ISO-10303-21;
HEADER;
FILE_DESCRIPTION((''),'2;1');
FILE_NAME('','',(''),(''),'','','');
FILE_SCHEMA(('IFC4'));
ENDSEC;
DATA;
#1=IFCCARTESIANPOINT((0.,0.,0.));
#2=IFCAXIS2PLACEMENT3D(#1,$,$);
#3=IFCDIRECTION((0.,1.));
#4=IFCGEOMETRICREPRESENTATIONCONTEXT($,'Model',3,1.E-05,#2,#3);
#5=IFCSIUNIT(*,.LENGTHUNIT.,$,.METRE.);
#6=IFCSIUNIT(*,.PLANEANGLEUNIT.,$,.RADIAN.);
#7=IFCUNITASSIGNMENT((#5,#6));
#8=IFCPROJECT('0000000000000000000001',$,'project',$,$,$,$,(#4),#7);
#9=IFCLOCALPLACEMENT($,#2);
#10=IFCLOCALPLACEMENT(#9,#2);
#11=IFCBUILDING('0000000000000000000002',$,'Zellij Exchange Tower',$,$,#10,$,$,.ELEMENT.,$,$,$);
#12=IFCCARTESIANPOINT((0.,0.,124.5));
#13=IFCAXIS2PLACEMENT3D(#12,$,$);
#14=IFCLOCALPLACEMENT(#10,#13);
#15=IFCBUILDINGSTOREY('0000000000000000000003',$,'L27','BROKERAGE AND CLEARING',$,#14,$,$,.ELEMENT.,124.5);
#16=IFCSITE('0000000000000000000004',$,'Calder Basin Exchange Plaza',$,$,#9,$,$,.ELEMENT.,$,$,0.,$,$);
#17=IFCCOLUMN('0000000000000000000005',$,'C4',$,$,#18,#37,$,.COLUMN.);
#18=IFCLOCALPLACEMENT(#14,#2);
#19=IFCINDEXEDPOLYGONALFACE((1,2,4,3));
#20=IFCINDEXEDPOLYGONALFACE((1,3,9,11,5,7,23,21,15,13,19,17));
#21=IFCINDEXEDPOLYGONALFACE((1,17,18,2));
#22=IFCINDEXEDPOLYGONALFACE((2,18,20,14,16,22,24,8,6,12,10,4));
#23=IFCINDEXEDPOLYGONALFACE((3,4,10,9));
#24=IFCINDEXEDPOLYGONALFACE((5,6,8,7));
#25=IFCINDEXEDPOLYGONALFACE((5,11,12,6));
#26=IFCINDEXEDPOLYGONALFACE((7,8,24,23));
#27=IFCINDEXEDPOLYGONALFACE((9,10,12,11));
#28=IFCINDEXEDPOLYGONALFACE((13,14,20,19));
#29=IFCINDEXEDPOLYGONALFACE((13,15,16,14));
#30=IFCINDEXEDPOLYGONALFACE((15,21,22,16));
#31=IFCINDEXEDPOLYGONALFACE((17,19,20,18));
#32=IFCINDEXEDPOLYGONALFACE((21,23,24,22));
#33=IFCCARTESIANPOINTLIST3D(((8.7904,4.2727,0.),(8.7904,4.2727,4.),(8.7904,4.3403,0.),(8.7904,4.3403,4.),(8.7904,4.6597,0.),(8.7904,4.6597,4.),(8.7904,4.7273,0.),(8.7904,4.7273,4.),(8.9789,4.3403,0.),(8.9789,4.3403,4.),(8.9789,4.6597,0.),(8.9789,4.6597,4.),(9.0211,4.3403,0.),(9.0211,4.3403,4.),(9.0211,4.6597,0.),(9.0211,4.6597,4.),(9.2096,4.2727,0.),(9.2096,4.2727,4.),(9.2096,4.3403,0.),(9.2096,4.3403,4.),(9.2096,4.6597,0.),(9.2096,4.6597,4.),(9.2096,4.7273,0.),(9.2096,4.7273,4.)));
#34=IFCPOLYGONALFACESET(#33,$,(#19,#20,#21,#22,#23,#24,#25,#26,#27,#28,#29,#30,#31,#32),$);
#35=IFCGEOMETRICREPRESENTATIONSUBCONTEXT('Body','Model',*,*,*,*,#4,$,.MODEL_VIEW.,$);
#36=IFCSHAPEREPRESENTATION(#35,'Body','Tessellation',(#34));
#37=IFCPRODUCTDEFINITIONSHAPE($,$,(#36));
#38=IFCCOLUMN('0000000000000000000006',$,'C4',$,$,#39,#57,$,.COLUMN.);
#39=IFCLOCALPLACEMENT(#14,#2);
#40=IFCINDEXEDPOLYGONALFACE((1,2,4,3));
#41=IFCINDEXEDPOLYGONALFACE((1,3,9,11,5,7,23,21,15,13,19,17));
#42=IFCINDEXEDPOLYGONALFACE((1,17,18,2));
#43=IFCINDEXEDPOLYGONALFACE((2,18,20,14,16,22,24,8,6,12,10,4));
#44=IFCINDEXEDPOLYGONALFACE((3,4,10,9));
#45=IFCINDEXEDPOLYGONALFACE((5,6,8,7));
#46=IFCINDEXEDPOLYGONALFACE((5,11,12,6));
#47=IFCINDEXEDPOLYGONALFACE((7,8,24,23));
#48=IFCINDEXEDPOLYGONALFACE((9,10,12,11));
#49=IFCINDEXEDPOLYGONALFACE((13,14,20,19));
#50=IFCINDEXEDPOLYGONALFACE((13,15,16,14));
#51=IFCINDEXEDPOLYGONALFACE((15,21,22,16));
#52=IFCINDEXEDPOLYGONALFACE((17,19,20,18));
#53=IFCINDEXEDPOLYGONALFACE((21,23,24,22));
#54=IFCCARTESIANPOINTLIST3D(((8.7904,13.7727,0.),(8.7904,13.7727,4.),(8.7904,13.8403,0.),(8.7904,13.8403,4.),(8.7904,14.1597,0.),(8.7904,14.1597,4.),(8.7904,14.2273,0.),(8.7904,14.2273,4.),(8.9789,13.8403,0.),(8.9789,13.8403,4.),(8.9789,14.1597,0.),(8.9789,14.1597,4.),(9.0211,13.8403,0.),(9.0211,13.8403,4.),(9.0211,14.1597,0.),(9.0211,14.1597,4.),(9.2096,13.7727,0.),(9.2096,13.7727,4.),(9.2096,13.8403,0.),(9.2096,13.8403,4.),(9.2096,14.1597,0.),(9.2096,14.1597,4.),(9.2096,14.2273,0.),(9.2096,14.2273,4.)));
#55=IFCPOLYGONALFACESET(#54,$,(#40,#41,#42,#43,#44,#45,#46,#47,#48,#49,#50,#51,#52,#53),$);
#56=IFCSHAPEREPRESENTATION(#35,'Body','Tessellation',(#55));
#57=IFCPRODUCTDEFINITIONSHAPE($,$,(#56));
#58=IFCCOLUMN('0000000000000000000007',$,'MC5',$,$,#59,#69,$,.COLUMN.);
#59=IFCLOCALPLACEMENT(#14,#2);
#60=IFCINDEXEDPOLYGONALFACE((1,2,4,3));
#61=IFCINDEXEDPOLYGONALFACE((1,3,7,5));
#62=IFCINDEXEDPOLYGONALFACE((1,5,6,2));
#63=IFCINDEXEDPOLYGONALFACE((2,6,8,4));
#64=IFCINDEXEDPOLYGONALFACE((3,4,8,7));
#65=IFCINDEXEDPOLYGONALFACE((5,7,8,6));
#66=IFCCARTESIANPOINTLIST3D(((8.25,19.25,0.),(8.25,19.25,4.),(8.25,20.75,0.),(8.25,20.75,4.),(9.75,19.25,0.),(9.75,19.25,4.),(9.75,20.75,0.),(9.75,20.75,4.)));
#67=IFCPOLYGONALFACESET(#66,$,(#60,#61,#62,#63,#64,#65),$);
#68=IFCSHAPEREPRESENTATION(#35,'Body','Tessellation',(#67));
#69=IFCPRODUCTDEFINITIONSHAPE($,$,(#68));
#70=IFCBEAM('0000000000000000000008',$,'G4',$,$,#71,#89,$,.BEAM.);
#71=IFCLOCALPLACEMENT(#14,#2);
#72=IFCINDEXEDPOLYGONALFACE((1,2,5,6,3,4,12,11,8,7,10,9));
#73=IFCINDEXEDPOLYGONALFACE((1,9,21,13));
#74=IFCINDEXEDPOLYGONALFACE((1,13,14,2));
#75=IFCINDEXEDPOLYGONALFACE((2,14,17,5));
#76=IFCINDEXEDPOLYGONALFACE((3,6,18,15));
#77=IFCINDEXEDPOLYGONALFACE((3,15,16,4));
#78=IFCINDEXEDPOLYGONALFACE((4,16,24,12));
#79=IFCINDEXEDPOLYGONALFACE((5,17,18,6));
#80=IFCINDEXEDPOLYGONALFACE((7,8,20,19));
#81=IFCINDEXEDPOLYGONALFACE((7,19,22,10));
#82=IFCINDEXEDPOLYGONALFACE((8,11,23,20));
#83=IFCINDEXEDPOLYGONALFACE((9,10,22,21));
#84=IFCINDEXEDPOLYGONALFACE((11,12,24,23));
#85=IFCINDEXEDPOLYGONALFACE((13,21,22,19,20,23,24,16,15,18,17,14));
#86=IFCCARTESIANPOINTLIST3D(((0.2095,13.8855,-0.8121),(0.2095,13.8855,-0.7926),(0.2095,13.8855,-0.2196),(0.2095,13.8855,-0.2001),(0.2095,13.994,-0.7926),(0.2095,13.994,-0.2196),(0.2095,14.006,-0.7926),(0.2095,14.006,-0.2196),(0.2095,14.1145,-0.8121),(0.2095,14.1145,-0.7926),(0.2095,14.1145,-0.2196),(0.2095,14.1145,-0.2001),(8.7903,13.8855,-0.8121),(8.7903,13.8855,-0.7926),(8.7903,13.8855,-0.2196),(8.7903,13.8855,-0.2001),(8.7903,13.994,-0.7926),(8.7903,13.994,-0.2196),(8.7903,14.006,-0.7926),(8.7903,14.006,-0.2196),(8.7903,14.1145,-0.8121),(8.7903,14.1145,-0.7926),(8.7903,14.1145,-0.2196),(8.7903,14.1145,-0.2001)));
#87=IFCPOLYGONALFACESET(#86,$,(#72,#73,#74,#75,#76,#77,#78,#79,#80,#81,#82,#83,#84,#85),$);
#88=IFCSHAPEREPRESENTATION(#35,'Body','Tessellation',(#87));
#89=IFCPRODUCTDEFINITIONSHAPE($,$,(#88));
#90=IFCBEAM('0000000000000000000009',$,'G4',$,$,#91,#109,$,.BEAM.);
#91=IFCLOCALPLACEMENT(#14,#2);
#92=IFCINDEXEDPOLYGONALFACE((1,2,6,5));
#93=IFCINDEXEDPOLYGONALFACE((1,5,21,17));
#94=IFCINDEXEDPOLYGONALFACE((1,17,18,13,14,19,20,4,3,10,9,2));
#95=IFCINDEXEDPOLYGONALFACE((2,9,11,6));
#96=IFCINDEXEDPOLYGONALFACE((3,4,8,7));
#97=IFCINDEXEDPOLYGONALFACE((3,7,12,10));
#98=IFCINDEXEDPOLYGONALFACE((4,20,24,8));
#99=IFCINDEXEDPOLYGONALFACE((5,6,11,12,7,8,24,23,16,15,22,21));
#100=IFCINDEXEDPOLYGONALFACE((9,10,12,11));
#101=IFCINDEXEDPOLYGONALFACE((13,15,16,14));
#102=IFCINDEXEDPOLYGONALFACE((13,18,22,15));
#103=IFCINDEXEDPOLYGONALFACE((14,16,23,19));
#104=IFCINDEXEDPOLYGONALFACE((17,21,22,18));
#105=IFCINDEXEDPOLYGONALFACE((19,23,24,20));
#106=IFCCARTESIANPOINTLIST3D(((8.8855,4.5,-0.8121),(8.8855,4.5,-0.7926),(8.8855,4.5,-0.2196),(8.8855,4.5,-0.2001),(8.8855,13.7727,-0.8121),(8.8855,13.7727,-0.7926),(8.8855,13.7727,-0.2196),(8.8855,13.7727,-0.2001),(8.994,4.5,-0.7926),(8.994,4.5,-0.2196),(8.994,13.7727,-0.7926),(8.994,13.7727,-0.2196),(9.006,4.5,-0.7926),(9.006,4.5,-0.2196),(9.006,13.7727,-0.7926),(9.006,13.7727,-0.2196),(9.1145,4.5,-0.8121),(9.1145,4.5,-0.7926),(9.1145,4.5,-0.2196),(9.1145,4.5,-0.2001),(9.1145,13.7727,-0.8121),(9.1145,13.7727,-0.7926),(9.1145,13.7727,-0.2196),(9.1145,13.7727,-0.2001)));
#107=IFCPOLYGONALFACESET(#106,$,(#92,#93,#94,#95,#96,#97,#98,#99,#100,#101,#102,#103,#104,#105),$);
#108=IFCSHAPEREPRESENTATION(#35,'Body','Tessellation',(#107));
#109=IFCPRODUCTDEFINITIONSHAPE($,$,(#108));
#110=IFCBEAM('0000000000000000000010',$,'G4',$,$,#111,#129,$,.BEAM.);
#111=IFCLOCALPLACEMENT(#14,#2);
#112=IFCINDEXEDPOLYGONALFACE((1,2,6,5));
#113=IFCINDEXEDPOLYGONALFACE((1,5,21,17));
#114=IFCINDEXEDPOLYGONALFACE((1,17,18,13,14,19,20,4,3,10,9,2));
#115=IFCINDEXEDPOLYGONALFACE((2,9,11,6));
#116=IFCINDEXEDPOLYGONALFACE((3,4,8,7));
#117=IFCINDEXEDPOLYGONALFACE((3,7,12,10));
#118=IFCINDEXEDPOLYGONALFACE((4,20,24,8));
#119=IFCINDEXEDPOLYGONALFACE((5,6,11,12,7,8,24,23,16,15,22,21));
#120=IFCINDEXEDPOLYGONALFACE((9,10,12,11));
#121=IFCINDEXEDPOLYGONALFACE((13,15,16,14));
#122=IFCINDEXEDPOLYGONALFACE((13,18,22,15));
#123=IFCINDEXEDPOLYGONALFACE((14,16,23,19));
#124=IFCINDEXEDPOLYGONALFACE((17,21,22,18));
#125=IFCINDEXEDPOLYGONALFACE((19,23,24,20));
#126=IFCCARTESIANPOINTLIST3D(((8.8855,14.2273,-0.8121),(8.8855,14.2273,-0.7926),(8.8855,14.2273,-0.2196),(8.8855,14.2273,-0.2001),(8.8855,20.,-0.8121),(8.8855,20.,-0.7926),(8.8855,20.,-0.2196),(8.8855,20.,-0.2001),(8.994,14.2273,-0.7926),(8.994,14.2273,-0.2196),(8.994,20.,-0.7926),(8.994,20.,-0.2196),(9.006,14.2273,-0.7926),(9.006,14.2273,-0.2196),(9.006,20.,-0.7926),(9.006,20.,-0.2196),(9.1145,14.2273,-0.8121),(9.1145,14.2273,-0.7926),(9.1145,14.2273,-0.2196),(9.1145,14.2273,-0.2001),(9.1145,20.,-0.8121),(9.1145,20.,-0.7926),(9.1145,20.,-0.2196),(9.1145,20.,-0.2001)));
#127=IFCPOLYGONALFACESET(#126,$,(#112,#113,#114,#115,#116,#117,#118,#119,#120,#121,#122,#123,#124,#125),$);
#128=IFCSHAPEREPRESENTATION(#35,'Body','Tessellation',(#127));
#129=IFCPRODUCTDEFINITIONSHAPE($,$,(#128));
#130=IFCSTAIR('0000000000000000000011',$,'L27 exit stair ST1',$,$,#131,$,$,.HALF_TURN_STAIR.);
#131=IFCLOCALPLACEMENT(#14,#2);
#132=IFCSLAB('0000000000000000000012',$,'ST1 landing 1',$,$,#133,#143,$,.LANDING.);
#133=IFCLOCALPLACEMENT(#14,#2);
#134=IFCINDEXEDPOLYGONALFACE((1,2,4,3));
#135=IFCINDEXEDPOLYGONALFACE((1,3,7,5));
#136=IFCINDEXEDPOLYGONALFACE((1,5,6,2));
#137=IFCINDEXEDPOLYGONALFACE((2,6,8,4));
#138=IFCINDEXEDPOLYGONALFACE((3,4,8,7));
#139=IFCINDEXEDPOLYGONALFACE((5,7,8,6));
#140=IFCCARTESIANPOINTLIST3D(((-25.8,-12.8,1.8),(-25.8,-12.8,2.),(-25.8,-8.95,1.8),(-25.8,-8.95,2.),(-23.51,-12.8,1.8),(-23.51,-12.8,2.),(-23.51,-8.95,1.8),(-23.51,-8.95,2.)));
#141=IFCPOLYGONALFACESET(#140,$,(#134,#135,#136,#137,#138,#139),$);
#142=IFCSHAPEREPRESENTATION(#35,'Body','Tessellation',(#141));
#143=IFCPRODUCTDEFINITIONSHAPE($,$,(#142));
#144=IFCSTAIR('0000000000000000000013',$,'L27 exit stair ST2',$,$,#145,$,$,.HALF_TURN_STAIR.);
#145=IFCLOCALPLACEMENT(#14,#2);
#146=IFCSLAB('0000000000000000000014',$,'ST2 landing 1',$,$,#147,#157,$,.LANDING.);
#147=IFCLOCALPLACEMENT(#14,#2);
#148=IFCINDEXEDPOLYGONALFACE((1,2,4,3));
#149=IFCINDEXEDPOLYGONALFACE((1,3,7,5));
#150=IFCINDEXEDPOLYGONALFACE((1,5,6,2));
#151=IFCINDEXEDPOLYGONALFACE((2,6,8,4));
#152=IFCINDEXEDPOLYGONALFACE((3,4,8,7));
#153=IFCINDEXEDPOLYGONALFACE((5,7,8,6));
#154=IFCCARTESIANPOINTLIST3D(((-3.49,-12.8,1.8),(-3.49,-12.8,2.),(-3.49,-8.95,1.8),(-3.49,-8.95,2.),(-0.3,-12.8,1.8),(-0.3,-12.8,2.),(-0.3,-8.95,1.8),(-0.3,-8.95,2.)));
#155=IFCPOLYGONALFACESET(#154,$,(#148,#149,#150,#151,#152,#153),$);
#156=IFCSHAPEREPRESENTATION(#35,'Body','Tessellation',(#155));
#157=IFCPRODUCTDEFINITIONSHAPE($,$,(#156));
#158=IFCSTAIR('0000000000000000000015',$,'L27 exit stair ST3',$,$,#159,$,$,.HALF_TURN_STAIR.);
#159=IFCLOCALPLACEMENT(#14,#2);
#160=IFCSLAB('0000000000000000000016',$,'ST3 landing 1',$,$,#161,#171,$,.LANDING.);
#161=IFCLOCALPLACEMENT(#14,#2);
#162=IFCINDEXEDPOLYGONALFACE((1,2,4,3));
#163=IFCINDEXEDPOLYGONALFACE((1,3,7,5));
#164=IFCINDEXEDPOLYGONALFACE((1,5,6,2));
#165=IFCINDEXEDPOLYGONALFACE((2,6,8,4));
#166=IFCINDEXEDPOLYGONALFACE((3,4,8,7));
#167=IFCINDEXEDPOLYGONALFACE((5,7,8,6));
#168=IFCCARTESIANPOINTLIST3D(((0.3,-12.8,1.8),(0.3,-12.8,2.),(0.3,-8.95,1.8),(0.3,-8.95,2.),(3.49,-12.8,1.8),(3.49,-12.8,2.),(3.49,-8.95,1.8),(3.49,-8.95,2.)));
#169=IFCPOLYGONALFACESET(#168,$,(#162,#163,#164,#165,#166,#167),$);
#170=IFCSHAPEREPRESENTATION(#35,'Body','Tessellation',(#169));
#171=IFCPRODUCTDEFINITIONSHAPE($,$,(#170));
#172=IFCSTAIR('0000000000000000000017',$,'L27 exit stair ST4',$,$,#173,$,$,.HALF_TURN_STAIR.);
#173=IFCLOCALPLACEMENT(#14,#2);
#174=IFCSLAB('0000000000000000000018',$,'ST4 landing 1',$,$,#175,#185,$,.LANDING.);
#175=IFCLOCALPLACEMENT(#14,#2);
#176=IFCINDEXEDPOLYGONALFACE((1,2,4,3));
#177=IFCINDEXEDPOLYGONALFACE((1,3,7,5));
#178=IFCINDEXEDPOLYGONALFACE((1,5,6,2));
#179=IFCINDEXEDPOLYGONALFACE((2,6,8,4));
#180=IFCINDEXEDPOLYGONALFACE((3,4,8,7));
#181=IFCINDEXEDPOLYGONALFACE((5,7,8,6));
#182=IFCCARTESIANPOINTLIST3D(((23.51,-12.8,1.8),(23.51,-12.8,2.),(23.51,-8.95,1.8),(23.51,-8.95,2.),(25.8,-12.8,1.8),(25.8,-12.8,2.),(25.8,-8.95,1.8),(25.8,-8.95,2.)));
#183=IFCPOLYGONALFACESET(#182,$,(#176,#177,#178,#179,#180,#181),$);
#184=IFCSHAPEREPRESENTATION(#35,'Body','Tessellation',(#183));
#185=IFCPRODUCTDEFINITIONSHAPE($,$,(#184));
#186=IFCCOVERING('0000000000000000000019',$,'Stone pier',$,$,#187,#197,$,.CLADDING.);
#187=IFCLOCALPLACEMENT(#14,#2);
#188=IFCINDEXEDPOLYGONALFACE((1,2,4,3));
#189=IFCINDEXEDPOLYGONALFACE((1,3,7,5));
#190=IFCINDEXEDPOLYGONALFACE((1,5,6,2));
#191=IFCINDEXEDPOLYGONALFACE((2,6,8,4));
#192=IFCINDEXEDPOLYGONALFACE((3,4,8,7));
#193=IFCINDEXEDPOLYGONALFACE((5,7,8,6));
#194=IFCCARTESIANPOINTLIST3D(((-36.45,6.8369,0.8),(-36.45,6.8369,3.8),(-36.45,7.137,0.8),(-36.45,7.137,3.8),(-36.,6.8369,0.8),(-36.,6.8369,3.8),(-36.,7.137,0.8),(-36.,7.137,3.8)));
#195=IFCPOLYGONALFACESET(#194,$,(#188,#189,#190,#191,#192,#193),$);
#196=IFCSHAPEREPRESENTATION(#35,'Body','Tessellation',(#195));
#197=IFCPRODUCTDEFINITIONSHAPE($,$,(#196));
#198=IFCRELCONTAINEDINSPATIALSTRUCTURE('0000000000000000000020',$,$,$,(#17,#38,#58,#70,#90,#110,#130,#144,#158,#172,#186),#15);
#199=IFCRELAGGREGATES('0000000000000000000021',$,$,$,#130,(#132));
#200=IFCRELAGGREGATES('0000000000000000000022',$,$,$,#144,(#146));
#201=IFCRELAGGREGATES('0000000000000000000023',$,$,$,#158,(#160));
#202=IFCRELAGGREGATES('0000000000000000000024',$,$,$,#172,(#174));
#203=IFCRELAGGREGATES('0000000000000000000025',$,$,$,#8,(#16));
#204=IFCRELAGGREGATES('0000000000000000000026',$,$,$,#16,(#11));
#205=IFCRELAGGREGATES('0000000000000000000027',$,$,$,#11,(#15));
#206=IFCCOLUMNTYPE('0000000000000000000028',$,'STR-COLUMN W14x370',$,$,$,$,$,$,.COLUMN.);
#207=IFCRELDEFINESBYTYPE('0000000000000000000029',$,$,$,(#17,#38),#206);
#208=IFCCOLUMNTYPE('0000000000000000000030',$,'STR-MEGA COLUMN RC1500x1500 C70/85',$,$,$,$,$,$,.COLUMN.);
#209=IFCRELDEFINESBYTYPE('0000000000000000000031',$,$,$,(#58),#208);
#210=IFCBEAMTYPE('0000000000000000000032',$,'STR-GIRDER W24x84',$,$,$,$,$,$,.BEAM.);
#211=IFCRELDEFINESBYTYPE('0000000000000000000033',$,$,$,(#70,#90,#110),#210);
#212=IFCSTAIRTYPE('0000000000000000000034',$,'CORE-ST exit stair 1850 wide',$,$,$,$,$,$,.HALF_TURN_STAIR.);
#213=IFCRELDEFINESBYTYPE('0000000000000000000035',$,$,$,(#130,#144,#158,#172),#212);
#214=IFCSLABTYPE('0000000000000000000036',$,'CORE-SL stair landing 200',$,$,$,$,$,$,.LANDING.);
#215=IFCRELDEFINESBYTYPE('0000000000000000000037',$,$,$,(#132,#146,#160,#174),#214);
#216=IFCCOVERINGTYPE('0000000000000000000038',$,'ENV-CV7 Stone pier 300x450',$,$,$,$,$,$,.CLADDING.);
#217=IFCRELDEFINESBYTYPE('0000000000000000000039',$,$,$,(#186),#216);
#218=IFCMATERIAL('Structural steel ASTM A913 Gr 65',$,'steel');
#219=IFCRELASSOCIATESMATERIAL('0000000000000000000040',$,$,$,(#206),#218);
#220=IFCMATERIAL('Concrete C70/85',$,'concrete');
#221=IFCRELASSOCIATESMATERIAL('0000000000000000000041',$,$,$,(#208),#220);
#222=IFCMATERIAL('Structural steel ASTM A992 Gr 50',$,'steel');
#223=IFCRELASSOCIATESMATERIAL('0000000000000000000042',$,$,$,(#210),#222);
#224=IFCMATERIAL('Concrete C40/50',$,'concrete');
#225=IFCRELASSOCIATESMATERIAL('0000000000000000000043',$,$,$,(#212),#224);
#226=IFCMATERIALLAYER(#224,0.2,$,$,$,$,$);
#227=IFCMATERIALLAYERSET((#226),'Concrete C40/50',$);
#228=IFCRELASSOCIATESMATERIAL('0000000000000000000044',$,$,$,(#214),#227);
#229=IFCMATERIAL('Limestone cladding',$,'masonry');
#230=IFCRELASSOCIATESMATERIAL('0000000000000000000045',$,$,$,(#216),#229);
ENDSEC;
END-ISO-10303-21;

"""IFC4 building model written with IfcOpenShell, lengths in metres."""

from ifc_helpers import new_model, si_unit, direction, frame, origin, origin_2d, place, context, subcontext, project, spatial, polyline, rectangle, i_section, outline, extrude, material, layer, layer_set, material_profile, profile_set, type_object, element, aggregate, save


model = new_model("IFC4")

# Units and contexts
model_context = context("Model", 3, precision=1e-05, world=origin(), true_north=direction((0.0, 1.0)))
body_context = subcontext(model_context, "Body", "Model", "MODEL_VIEW")
ifc_project = project(units=[si_unit("LENGTHUNIT", "METRE"), si_unit("PLANEANGLEUNIT", "RADIAN")], contexts=[model_context])

# Site, building, storey
site_placement = place(None, origin())
site = spatial("IfcSite", under=ifc_project, at=site_placement, Name="Calder Basin Exchange Plaza", CompositionType="ELEMENT", RefElevation=0.0)
building_placement = place(site_placement, origin())
building = spatial("IfcBuilding", under=site, at=building_placement, Name="Zellij Exchange Tower", CompositionType="ELEMENT")
storey_placement = place(building_placement, frame((0.0, 0.0, 124.5)))
storey = spatial("IfcBuildingStorey", under=building, at=storey_placement, Name="L27", Description="BROKERAGE AND CLEARING", CompositionType="ELEMENT", Elevation=124.5)

# Columns
ifc_material_1 = material(Name="Structural steel ASTM A913 Gr 65", Category="steel")
ifc_material_profile_1 = material_profile(ifc_material_1, i_section(OverallWidth=0.4192, OverallDepth=0.4546, WebThickness=0.0422, FlangeThickness=0.0676, at=origin_2d()), Name="W14x370")
ifc_profile_set_1 = profile_set([ifc_material_profile_1], Name="Structural steel ASTM A913 Gr 65")
column_type_1 = type_object("IfcColumnType", Name="STR-COLUMN W14x370", PredefinedType="COLUMN", material=ifc_profile_set_1)
for number, where, z_axis, x_axis, name in (
    (1, (9.0, 4.5, 0.0), (0.0, 0.0, 1.0), (1.0, 0.0, 0.0), "C4"),
    (2, (9.0, 14.0, 0.0), (0.0, 0.0, 1.0), (1.0, 0.0, 0.0), "C4"),
):
    element("IfcColumn", number, at=place(storey_placement, frame(where, z_axis=z_axis, x_axis=x_axis)), inside=storey, type_object=column_type_1, Name=name, PredefinedType="COLUMN", context=body_context, shape_type="SweptSolid", body=[
        extrude(i_section(OverallWidth=0.4192, OverallDepth=0.4546, WebThickness=0.0422, FlangeThickness=0.0676, at=origin_2d()), origin(), (0.0, 0.0, 1.0), 4.0),
    ])
ifc_material_2 = material(Name="Concrete C70/85", Category="concrete")
ifc_material_profile_2 = material_profile(ifc_material_2, rectangle(XDim=1.5, YDim=1.5, at=origin_2d()), Name="STR-MEGA COLUMN RC1500x1500 C70/85")
ifc_profile_set_2 = profile_set([ifc_material_profile_2], Name="Concrete C70/85")
column_type_2 = type_object("IfcColumnType", Name="STR-MEGA COLUMN RC1500x1500 C70/85", PredefinedType="COLUMN", material=ifc_profile_set_2)
column_placement = place(storey_placement, frame((9.0, 20.0, 0.0), z_axis=(0.0, 0.0, 1.0), x_axis=(1.0, 0.0, 0.0)))
element("IfcColumn", 3, at=column_placement, inside=storey, type_object=column_type_2, Name="MC5", PredefinedType="COLUMN", context=body_context, shape_type="SweptSolid", body=[
    extrude(rectangle(XDim=1.5, YDim=1.5, at=origin_2d()), origin(), (0.0, 0.0, 1.0), 4.0),
])

# Beams
ifc_material_3 = material(Name="Structural steel ASTM A992 Gr 50", Category="steel")
ifc_material_profile_3 = material_profile(ifc_material_3, i_section(OverallWidth=0.229, OverallDepth=0.6121, WebThickness=0.012, FlangeThickness=0.0195, at=origin_2d()), Name="W24x84")
ifc_profile_set_3 = profile_set([ifc_material_profile_3], Name="Structural steel ASTM A992 Gr 50")
beam_type = type_object("IfcBeamType", Name="STR-GIRDER W24x84", PredefinedType="BEAM", material=ifc_profile_set_3)
beam_1_placement = place(storey_placement, frame((0.2095, 14.0, -0.5061), z_axis=(1.0, 0.0, 0.0), x_axis=(0.0, 1.0, 0.0)))
element("IfcBeam", 4, at=beam_1_placement, inside=storey, type_object=beam_type, Name="G4", PredefinedType="BEAM", context=body_context, shape_type="SweptSolid", body=[
    extrude(i_section(OverallWidth=0.229, OverallDepth=0.6121, WebThickness=0.012, FlangeThickness=0.0195, at=origin_2d()), origin(), (0.0, 0.0, 1.0), 8.5808),
])
beam_2_placement = place(storey_placement, frame((9.0, 4.5, -0.5061), z_axis=(0.0, 1.0, 0.0), x_axis=(-1.0, 0.0, 0.0)))
element("IfcBeam", 5, at=beam_2_placement, inside=storey, type_object=beam_type, Name="G4", PredefinedType="BEAM", context=body_context, shape_type="SweptSolid", body=[
    extrude(i_section(OverallWidth=0.229, OverallDepth=0.6121, WebThickness=0.012, FlangeThickness=0.0195, at=origin_2d()), origin(), (0.0, 0.0, 1.0), 9.2727),
])
beam_3_placement = place(storey_placement, frame((9.0, 14.2273, -0.5061), z_axis=(0.0, 1.0, 0.0), x_axis=(-1.0, 0.0, 0.0)))
element("IfcBeam", 6, at=beam_3_placement, inside=storey, type_object=beam_type, Name="G4", PredefinedType="BEAM", context=body_context, shape_type="SweptSolid", body=[
    extrude(i_section(OverallWidth=0.229, OverallDepth=0.6121, WebThickness=0.012, FlangeThickness=0.0195, at=origin_2d()), origin(), (0.0, 0.0, 1.0), 5.7727),
])

# Stairs, slabs
ifc_material_4 = material(Name="Concrete C40/50", Category="concrete")
stair_type = type_object("IfcStairType", Name="CORE-ST exit stair 1850 wide", PredefinedType="HALF_TURN_STAIR", material=ifc_material_4)
stair_1_placement = place(storey_placement, origin())
stair_1 = element("IfcStair", 7, at=stair_1_placement, inside=storey, type_object=stair_type, Name="L27 exit stair ST1", PredefinedType="HALF_TURN_STAIR")
ifc_layer_1 = layer(ifc_material_4, 0.2)
ifc_layer_set_1 = layer_set([ifc_layer_1], Name="Concrete C40/50")
slab_type = type_object("IfcSlabType", Name="CORE-SL stair landing 200", PredefinedType="LANDING", material=ifc_layer_set_1)
slab_1_placement = place(storey_placement, frame((0.0, 0.0, 1.8)))
slab_1 = element("IfcSlab", 8, at=slab_1_placement, type_object=slab_type, Name="ST1 landing 1", PredefinedType="LANDING", context=body_context, shape_type="SweptSolid", body=[
    extrude(outline(polyline([(-23.51, -8.95), (-25.8, -8.95), (-25.8, -12.8), (-23.51, -12.8), (-23.51, -8.95)])), origin(), (0.0, 0.0, 1.0), 0.2),
])
aggregate(stair_1, [slab_1])
stair_2_placement = place(storey_placement, origin())
stair_2 = element("IfcStair", 9, at=stair_2_placement, inside=storey, type_object=stair_type, Name="L27 exit stair ST2", PredefinedType="HALF_TURN_STAIR")
slab_2_placement = place(storey_placement, frame((0.0, 0.0, 1.8)))
slab_2 = element("IfcSlab", 10, at=slab_2_placement, type_object=slab_type, Name="ST2 landing 1", PredefinedType="LANDING", context=body_context, shape_type="SweptSolid", body=[
    extrude(outline(polyline([(-3.49, -12.8), (-0.3, -12.8), (-0.3, -8.95), (-3.49, -8.95), (-3.49, -12.8)])), origin(), (0.0, 0.0, 1.0), 0.2),
])
aggregate(stair_2, [slab_2])
stair_3_placement = place(storey_placement, origin())
stair_3 = element("IfcStair", 11, at=stair_3_placement, inside=storey, type_object=stair_type, Name="L27 exit stair ST3", PredefinedType="HALF_TURN_STAIR")
slab_3_placement = place(storey_placement, frame((0.0, 0.0, 1.8)))
slab_3 = element("IfcSlab", 12, at=slab_3_placement, type_object=slab_type, Name="ST3 landing 1", PredefinedType="LANDING", context=body_context, shape_type="SweptSolid", body=[
    extrude(outline(polyline([(3.49, -8.95), (0.3, -8.95), (0.3, -12.8), (3.49, -12.8), (3.49, -8.95)])), origin(), (0.0, 0.0, 1.0), 0.2),
])
aggregate(stair_3, [slab_3])
stair_4_placement = place(storey_placement, origin())
stair_4 = element("IfcStair", 13, at=stair_4_placement, inside=storey, type_object=stair_type, Name="L27 exit stair ST4", PredefinedType="HALF_TURN_STAIR")
slab_4_placement = place(storey_placement, frame((0.0, 0.0, 1.8)))
slab_4 = element("IfcSlab", 14, at=slab_4_placement, type_object=slab_type, Name="ST4 landing 1", PredefinedType="LANDING", context=body_context, shape_type="SweptSolid", body=[
    extrude(outline(polyline([(23.51, -12.8), (25.8, -12.8), (25.8, -8.95), (23.51, -8.95), (23.51, -12.8)])), origin(), (0.0, 0.0, 1.0), 0.2),
])
aggregate(stair_4, [slab_4])

# Covering
ifc_material_5 = material(Name="Limestone cladding", Category="masonry")
covering_type_1 = type_object("IfcCoveringType", Name="ENV-CV7 Stone pier 300x450", PredefinedType="CLADDING", material=ifc_material_5)
covering_1_placement = place(storey_placement, frame((0.0, 0.0, 0.8)))
element("IfcCovering", 15, at=covering_1_placement, inside=storey, type_object=covering_type_1, Name="Stone pier", PredefinedType="CLADDING", context=body_context, shape_type="SweptSolid", body=[
    extrude(outline(polyline([(-36.0, 7.137), (-36.0, 6.8369), (-36.45, 6.8369), (-36.45, 7.137), (-36.0, 7.137)])), origin(), (0.0, 0.0, 1.0), 3.0),
])

save(model, "model.ifc")
